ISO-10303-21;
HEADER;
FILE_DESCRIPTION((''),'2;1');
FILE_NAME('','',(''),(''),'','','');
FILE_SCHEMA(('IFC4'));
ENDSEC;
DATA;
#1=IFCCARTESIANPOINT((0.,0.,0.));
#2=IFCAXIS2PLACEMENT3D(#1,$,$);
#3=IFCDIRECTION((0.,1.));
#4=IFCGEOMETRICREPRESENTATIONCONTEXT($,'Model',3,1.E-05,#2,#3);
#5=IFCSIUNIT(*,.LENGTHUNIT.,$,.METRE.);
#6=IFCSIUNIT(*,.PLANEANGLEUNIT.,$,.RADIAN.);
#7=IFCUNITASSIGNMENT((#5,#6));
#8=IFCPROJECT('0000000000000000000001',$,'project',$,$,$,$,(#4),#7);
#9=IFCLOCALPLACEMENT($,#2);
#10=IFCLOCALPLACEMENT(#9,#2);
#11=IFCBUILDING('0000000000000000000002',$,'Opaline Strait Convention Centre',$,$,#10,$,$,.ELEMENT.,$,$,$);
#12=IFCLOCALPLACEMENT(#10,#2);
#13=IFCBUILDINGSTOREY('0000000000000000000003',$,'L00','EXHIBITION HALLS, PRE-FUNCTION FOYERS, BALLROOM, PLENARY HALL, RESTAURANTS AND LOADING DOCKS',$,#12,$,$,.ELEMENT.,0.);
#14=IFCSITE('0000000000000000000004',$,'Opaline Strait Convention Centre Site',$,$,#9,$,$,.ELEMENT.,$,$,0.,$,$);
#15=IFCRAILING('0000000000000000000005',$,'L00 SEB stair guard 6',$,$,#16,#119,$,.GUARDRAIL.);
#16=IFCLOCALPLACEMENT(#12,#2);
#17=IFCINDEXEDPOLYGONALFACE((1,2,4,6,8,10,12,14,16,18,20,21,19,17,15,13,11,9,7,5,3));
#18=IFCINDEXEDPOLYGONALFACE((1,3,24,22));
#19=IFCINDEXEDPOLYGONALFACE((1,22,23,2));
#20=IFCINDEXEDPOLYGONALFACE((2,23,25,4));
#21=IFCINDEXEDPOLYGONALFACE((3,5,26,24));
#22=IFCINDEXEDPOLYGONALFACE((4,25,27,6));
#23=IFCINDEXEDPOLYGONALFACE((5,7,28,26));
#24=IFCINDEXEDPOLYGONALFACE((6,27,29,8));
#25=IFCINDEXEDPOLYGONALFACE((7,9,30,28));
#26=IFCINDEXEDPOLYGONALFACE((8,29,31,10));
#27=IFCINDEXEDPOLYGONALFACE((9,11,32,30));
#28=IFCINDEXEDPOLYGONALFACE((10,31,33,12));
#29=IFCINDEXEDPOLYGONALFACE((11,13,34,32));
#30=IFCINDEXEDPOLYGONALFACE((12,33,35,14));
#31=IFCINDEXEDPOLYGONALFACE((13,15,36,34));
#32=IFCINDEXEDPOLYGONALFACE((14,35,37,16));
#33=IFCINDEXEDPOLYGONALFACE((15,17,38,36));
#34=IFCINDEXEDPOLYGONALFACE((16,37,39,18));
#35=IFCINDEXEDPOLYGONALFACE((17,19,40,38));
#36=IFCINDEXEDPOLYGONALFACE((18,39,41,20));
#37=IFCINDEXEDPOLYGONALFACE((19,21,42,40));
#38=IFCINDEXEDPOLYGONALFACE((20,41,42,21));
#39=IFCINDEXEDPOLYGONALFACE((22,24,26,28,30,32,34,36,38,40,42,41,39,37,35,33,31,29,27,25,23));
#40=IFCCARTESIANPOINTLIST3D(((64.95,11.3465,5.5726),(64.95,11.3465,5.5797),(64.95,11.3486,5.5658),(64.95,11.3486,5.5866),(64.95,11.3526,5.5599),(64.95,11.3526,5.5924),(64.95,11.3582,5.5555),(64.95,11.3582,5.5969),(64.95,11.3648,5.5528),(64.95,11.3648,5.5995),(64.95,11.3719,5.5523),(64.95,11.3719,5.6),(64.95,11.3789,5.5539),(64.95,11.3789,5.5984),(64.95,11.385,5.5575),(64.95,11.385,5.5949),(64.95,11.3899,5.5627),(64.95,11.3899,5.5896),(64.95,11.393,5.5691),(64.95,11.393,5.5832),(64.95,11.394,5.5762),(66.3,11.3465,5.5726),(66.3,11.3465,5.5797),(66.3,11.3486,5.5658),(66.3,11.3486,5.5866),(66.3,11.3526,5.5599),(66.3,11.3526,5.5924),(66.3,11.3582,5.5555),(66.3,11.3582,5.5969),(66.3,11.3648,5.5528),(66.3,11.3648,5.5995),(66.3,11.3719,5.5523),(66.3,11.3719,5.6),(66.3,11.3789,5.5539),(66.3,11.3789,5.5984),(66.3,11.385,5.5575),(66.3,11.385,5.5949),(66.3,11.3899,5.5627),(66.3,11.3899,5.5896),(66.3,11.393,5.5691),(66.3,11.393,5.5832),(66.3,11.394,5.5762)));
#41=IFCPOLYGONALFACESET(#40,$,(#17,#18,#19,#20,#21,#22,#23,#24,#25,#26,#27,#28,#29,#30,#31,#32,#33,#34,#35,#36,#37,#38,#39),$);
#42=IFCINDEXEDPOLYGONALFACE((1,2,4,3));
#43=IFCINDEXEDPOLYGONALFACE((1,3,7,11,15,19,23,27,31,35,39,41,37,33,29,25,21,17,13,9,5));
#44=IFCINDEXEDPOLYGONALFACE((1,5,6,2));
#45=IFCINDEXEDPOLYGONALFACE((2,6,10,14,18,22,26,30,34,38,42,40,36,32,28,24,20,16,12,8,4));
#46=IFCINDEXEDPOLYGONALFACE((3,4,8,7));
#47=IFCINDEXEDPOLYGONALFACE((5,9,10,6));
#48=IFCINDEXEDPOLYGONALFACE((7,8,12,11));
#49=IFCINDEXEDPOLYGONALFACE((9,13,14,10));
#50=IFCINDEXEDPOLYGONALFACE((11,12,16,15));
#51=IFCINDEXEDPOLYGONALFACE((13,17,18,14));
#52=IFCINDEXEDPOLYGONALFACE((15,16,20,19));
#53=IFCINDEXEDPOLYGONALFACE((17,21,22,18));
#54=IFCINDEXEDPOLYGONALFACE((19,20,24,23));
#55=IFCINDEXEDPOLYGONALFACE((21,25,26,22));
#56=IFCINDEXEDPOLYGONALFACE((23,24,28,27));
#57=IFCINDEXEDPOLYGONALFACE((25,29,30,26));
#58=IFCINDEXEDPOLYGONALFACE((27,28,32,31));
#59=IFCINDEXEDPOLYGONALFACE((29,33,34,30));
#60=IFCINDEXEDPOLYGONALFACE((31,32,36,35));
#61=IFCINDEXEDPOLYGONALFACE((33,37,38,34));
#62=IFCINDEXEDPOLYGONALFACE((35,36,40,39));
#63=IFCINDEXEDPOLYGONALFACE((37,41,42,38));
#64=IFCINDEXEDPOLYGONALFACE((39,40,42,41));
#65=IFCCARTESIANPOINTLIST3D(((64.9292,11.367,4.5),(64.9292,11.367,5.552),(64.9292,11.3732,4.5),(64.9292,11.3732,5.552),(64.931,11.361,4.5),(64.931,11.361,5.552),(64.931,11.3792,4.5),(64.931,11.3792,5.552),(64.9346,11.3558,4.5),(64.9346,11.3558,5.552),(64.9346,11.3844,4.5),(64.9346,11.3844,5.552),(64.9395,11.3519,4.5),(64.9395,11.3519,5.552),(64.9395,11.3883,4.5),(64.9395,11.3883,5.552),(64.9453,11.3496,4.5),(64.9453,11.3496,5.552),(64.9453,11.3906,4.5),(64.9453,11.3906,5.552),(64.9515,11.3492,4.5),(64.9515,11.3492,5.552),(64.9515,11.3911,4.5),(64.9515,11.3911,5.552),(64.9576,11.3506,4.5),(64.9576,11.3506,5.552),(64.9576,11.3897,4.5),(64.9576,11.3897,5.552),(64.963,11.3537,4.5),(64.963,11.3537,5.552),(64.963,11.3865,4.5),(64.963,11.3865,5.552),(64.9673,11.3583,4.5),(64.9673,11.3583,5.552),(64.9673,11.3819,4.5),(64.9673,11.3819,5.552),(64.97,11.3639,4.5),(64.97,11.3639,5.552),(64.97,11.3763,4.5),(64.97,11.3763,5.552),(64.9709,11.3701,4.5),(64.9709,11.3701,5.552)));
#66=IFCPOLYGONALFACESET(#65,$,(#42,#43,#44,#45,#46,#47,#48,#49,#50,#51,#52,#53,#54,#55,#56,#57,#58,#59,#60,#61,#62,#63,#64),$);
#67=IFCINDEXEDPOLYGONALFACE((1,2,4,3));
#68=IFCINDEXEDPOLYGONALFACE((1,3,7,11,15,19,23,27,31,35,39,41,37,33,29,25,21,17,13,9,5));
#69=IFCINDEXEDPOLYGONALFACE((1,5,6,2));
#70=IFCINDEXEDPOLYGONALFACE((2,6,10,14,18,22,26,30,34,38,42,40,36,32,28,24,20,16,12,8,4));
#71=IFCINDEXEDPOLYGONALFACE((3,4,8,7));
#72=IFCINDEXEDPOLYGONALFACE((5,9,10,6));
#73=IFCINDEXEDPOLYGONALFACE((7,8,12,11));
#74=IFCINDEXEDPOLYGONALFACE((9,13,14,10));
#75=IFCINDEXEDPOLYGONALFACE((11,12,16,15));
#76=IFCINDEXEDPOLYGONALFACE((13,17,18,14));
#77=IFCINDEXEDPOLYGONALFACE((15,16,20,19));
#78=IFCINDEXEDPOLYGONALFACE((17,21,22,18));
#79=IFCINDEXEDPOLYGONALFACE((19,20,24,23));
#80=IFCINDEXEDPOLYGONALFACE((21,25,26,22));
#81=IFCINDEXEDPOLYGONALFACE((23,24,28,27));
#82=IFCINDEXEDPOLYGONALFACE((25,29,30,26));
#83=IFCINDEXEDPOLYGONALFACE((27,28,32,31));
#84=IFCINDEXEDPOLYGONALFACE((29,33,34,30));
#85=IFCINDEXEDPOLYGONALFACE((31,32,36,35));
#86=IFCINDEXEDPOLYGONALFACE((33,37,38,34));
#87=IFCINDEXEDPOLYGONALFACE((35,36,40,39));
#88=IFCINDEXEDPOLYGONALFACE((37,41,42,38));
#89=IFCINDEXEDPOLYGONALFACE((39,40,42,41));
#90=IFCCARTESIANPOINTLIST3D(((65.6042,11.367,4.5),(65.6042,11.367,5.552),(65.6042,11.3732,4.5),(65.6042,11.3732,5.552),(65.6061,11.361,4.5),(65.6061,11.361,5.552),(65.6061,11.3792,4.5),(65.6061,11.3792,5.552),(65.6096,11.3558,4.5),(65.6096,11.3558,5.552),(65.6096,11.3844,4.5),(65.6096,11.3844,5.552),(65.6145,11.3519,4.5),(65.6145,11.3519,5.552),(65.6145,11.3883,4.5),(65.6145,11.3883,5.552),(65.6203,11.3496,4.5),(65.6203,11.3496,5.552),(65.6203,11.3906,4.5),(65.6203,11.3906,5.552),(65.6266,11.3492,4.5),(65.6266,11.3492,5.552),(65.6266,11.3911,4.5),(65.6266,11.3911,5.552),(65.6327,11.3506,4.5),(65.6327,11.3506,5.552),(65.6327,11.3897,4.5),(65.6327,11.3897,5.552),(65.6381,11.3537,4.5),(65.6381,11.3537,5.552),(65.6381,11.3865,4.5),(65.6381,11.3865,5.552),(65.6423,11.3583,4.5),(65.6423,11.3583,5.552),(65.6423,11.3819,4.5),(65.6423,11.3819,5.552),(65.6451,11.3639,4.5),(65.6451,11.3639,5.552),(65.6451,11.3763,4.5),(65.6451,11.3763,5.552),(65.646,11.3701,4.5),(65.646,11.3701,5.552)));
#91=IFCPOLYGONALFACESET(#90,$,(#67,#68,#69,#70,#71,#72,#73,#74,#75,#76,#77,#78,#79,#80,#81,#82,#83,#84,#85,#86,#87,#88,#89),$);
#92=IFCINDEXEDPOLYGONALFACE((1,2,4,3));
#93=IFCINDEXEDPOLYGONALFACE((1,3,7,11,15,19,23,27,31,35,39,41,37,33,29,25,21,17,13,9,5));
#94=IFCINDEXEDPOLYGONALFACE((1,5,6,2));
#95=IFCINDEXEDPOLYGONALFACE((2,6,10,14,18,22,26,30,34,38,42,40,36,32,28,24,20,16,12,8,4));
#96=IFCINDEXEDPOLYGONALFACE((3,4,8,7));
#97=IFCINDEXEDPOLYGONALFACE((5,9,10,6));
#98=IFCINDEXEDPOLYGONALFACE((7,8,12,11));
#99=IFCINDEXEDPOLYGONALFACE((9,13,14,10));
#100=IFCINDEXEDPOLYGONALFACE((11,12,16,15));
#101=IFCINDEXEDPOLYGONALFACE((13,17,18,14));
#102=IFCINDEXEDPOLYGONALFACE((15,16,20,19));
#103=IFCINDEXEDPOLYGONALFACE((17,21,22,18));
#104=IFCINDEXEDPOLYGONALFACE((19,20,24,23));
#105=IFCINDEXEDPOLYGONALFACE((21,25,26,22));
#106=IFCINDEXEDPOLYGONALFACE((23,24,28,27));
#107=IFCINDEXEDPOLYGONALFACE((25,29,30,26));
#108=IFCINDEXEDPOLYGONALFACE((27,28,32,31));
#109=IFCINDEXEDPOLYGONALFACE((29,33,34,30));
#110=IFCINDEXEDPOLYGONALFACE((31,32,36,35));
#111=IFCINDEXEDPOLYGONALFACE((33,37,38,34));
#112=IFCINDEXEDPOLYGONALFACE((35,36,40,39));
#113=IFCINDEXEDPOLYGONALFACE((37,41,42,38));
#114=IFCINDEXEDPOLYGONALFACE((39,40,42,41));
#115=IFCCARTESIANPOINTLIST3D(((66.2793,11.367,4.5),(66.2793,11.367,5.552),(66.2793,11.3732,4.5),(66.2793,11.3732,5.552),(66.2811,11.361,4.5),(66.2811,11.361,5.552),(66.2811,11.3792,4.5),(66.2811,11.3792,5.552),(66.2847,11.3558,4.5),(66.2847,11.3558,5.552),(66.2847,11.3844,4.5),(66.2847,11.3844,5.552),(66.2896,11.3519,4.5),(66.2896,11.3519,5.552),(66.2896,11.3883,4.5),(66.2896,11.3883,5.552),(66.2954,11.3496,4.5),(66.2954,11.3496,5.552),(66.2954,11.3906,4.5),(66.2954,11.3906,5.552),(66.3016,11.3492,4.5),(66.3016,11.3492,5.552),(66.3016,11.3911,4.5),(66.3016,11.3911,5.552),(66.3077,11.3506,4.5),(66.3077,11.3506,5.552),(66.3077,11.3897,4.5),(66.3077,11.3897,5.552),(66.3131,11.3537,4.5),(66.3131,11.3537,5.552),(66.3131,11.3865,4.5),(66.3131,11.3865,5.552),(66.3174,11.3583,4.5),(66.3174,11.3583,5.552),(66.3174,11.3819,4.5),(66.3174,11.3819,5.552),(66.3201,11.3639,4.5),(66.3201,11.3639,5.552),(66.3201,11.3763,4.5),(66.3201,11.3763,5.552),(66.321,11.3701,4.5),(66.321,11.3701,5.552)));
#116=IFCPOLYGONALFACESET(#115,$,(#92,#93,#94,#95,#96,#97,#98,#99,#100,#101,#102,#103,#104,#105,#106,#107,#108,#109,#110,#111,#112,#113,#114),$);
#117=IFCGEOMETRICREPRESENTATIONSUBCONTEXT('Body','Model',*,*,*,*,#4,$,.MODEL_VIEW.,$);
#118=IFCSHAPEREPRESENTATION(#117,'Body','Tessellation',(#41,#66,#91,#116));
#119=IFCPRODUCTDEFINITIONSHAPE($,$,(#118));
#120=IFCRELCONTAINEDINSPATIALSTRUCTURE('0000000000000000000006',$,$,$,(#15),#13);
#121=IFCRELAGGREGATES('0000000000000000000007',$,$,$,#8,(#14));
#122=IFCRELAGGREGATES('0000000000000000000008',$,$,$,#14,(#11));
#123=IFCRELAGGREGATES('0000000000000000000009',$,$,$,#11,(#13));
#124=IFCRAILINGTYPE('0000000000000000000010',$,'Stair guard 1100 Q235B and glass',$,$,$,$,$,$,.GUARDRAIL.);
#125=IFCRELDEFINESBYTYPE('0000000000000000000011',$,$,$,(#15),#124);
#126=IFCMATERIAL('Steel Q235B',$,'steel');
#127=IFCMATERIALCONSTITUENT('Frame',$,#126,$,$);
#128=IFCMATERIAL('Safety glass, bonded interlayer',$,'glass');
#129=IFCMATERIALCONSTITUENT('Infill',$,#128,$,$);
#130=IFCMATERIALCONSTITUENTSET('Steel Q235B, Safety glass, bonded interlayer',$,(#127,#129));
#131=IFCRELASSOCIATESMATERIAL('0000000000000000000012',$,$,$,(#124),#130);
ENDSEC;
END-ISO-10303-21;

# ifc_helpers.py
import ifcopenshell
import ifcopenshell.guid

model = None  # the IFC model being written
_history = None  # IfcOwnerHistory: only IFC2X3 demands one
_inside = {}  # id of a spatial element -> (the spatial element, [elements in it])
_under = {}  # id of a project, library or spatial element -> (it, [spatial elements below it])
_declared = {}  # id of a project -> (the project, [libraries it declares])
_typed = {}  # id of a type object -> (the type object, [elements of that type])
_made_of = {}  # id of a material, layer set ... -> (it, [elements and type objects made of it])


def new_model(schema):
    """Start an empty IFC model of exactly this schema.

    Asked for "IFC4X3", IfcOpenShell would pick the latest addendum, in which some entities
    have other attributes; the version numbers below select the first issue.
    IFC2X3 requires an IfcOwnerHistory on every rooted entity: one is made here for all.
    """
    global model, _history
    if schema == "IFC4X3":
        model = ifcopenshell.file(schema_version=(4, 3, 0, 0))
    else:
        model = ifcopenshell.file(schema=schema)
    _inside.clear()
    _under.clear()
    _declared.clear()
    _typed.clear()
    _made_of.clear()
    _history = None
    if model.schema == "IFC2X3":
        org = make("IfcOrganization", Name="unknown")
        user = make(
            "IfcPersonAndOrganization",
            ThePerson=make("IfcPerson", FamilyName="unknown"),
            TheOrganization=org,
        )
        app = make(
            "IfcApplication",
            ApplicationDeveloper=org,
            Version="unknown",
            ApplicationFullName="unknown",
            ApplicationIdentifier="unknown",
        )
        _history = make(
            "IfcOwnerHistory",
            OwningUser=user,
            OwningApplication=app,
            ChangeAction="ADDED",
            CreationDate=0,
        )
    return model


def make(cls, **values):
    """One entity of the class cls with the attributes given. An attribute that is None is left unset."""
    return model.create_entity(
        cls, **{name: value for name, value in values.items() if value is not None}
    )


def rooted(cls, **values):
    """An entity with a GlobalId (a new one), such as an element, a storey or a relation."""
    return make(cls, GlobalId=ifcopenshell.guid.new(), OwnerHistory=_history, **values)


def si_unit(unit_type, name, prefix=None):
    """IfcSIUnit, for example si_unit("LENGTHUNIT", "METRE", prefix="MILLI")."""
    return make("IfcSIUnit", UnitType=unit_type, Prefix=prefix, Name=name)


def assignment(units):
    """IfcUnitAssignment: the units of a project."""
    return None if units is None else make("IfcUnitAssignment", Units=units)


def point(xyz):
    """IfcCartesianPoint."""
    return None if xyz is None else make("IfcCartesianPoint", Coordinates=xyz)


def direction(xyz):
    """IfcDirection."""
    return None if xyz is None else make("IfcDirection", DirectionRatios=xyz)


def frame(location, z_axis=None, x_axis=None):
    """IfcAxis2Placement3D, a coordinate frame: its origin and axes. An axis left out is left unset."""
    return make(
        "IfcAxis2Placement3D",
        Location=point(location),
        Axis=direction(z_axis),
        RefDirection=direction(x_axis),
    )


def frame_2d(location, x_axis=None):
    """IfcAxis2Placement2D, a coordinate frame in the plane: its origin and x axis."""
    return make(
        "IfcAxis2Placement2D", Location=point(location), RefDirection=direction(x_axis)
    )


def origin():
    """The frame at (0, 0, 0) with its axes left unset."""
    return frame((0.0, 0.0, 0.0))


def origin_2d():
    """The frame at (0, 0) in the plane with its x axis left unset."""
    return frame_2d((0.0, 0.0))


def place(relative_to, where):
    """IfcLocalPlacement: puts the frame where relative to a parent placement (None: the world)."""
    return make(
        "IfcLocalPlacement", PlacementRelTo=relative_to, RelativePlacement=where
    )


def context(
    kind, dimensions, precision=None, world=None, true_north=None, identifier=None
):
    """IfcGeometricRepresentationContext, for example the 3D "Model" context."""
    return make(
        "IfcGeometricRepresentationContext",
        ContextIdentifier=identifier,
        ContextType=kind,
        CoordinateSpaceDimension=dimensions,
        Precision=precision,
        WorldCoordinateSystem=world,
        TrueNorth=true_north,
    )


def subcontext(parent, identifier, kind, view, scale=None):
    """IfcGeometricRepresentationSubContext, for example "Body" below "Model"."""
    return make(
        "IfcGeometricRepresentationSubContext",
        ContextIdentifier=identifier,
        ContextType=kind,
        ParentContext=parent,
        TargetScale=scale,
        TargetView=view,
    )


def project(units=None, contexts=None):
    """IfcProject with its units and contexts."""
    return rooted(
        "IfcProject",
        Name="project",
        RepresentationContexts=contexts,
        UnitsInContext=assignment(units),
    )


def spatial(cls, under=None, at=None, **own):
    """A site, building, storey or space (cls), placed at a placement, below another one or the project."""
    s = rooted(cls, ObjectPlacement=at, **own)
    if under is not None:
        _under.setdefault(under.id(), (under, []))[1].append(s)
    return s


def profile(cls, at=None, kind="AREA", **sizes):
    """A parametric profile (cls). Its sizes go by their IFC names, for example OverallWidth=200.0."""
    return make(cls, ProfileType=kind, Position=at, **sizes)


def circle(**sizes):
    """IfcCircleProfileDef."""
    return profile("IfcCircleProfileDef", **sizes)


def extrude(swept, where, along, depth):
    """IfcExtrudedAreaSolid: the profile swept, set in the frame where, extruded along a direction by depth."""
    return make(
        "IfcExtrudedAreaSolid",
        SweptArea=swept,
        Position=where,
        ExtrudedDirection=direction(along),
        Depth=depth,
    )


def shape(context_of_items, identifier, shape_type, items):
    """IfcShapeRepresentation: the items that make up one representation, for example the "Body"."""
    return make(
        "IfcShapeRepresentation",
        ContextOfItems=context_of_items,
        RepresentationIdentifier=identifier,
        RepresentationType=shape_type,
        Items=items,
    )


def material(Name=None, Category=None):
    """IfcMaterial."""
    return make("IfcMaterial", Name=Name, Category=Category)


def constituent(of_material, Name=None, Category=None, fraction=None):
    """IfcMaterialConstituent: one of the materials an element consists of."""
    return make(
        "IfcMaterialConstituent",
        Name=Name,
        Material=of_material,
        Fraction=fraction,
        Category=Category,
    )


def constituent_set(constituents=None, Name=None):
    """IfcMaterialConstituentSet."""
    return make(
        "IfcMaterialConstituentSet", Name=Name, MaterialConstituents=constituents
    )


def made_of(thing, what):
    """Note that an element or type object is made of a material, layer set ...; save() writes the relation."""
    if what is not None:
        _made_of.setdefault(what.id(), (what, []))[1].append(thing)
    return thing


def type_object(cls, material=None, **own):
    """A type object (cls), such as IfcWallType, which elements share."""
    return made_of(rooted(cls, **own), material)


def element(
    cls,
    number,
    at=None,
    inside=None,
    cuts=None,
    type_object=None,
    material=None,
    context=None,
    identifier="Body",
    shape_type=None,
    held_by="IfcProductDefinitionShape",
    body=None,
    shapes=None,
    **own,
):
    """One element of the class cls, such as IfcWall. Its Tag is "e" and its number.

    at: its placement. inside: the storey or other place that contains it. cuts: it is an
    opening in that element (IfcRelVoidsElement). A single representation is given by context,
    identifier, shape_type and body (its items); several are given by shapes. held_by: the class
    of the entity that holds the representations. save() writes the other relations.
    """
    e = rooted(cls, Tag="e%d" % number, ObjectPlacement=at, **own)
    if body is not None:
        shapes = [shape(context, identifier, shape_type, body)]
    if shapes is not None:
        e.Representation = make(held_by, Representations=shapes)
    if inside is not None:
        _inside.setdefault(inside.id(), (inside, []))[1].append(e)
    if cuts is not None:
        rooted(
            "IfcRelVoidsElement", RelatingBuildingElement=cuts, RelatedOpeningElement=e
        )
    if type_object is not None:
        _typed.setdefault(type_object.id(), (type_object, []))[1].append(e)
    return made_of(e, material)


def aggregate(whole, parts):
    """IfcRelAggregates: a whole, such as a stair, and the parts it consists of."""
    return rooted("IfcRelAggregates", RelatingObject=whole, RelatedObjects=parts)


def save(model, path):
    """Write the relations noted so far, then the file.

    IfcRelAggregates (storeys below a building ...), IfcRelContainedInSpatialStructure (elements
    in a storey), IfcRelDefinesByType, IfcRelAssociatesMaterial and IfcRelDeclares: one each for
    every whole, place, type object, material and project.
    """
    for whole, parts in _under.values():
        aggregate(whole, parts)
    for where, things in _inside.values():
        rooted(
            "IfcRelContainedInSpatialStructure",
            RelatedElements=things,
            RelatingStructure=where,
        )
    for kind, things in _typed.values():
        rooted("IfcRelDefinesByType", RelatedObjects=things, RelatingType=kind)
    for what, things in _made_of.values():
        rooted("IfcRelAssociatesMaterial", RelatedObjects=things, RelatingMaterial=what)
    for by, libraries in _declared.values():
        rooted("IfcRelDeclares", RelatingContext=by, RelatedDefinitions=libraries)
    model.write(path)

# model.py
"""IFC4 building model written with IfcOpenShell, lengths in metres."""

from ifc_helpers import new_model, si_unit, direction, frame, origin, origin_2d, place, context, subcontext, project, spatial, circle, extrude, material, constituent, constituent_set, type_object, element, save


model = new_model("IFC4")

# Units and contexts
model_context = context("Model", 3, precision=1e-05, world=origin(), true_north=direction((0.0, 1.0)))
body_context = subcontext(model_context, "Body", "Model", "MODEL_VIEW")
ifc_project = project(units=[si_unit("LENGTHUNIT", "METRE"), si_unit("PLANEANGLEUNIT", "RADIAN")], contexts=[model_context])

# Site, building, storey
site_placement = place(None, origin())
site = spatial("IfcSite", under=ifc_project, at=site_placement, Name="Opaline Strait Convention Centre Site", CompositionType="ELEMENT", RefElevation=0.0)
building_placement = place(site_placement, origin())
building = spatial("IfcBuilding", under=site, at=building_placement, Name="Opaline Strait Convention Centre", CompositionType="ELEMENT")
storey_placement = place(building_placement, origin())
storey = spatial("IfcBuildingStorey", under=building, at=storey_placement, Name="L00", Description="EXHIBITION HALLS, PRE-FUNCTION FOYERS, BALLROOM, PLENARY HALL, RESTAURANTS AND LOADING DOCKS", CompositionType="ELEMENT", Elevation=0.0)

# Railing
ifc_material_1 = material(Name="Steel Q235B", Category="steel")
ifc_constituent_1 = constituent(ifc_material_1, Name="Frame")
ifc_material_2 = material(Name="Safety glass, bonded interlayer", Category="glass")
ifc_constituent_2 = constituent(ifc_material_2, Name="Infill")
ifc_constituent_set = constituent_set(constituents=[ifc_constituent_1, ifc_constituent_2], Name="Steel Q235B, Safety glass, bonded interlayer")
railing_type_1 = type_object("IfcRailingType", Name="Stair guard 1100 Q235B and glass", PredefinedType="GUARDRAIL", material=ifc_constituent_set)
railing_1_placement = place(storey_placement, frame((64.95, 11.3701, 4.5)))
element("IfcRailing", 1, at=railing_1_placement, inside=storey, type_object=railing_type_1, Name="L00 SEB stair guard 6", PredefinedType="GUARDRAIL", context=body_context, shape_type="SweptSolid", body=[
    extrude(circle(Radius=0.0239, at=origin_2d()), frame((0.0, 0.0, 1.0762), z_axis=(1.0, 0.0, 0.0), x_axis=(0.0, 1.0, 0.0)), (0.0, 0.0, 1.0), 1.3501),
    extrude(circle(Radius=0.021, at=origin_2d()), origin(), (0.0, 0.0, 1.0), 1.052),
    extrude(circle(Radius=0.021, at=origin_2d()), frame((0.675, 0.0, 0.0)), (0.0, 0.0, 1.0), 1.052),
    extrude(circle(Radius=0.021, at=origin_2d()), frame((1.3501, 0.0, 0.0)), (0.0, 0.0, 1.0), 1.052),
])

save(model, "model.ifc")
